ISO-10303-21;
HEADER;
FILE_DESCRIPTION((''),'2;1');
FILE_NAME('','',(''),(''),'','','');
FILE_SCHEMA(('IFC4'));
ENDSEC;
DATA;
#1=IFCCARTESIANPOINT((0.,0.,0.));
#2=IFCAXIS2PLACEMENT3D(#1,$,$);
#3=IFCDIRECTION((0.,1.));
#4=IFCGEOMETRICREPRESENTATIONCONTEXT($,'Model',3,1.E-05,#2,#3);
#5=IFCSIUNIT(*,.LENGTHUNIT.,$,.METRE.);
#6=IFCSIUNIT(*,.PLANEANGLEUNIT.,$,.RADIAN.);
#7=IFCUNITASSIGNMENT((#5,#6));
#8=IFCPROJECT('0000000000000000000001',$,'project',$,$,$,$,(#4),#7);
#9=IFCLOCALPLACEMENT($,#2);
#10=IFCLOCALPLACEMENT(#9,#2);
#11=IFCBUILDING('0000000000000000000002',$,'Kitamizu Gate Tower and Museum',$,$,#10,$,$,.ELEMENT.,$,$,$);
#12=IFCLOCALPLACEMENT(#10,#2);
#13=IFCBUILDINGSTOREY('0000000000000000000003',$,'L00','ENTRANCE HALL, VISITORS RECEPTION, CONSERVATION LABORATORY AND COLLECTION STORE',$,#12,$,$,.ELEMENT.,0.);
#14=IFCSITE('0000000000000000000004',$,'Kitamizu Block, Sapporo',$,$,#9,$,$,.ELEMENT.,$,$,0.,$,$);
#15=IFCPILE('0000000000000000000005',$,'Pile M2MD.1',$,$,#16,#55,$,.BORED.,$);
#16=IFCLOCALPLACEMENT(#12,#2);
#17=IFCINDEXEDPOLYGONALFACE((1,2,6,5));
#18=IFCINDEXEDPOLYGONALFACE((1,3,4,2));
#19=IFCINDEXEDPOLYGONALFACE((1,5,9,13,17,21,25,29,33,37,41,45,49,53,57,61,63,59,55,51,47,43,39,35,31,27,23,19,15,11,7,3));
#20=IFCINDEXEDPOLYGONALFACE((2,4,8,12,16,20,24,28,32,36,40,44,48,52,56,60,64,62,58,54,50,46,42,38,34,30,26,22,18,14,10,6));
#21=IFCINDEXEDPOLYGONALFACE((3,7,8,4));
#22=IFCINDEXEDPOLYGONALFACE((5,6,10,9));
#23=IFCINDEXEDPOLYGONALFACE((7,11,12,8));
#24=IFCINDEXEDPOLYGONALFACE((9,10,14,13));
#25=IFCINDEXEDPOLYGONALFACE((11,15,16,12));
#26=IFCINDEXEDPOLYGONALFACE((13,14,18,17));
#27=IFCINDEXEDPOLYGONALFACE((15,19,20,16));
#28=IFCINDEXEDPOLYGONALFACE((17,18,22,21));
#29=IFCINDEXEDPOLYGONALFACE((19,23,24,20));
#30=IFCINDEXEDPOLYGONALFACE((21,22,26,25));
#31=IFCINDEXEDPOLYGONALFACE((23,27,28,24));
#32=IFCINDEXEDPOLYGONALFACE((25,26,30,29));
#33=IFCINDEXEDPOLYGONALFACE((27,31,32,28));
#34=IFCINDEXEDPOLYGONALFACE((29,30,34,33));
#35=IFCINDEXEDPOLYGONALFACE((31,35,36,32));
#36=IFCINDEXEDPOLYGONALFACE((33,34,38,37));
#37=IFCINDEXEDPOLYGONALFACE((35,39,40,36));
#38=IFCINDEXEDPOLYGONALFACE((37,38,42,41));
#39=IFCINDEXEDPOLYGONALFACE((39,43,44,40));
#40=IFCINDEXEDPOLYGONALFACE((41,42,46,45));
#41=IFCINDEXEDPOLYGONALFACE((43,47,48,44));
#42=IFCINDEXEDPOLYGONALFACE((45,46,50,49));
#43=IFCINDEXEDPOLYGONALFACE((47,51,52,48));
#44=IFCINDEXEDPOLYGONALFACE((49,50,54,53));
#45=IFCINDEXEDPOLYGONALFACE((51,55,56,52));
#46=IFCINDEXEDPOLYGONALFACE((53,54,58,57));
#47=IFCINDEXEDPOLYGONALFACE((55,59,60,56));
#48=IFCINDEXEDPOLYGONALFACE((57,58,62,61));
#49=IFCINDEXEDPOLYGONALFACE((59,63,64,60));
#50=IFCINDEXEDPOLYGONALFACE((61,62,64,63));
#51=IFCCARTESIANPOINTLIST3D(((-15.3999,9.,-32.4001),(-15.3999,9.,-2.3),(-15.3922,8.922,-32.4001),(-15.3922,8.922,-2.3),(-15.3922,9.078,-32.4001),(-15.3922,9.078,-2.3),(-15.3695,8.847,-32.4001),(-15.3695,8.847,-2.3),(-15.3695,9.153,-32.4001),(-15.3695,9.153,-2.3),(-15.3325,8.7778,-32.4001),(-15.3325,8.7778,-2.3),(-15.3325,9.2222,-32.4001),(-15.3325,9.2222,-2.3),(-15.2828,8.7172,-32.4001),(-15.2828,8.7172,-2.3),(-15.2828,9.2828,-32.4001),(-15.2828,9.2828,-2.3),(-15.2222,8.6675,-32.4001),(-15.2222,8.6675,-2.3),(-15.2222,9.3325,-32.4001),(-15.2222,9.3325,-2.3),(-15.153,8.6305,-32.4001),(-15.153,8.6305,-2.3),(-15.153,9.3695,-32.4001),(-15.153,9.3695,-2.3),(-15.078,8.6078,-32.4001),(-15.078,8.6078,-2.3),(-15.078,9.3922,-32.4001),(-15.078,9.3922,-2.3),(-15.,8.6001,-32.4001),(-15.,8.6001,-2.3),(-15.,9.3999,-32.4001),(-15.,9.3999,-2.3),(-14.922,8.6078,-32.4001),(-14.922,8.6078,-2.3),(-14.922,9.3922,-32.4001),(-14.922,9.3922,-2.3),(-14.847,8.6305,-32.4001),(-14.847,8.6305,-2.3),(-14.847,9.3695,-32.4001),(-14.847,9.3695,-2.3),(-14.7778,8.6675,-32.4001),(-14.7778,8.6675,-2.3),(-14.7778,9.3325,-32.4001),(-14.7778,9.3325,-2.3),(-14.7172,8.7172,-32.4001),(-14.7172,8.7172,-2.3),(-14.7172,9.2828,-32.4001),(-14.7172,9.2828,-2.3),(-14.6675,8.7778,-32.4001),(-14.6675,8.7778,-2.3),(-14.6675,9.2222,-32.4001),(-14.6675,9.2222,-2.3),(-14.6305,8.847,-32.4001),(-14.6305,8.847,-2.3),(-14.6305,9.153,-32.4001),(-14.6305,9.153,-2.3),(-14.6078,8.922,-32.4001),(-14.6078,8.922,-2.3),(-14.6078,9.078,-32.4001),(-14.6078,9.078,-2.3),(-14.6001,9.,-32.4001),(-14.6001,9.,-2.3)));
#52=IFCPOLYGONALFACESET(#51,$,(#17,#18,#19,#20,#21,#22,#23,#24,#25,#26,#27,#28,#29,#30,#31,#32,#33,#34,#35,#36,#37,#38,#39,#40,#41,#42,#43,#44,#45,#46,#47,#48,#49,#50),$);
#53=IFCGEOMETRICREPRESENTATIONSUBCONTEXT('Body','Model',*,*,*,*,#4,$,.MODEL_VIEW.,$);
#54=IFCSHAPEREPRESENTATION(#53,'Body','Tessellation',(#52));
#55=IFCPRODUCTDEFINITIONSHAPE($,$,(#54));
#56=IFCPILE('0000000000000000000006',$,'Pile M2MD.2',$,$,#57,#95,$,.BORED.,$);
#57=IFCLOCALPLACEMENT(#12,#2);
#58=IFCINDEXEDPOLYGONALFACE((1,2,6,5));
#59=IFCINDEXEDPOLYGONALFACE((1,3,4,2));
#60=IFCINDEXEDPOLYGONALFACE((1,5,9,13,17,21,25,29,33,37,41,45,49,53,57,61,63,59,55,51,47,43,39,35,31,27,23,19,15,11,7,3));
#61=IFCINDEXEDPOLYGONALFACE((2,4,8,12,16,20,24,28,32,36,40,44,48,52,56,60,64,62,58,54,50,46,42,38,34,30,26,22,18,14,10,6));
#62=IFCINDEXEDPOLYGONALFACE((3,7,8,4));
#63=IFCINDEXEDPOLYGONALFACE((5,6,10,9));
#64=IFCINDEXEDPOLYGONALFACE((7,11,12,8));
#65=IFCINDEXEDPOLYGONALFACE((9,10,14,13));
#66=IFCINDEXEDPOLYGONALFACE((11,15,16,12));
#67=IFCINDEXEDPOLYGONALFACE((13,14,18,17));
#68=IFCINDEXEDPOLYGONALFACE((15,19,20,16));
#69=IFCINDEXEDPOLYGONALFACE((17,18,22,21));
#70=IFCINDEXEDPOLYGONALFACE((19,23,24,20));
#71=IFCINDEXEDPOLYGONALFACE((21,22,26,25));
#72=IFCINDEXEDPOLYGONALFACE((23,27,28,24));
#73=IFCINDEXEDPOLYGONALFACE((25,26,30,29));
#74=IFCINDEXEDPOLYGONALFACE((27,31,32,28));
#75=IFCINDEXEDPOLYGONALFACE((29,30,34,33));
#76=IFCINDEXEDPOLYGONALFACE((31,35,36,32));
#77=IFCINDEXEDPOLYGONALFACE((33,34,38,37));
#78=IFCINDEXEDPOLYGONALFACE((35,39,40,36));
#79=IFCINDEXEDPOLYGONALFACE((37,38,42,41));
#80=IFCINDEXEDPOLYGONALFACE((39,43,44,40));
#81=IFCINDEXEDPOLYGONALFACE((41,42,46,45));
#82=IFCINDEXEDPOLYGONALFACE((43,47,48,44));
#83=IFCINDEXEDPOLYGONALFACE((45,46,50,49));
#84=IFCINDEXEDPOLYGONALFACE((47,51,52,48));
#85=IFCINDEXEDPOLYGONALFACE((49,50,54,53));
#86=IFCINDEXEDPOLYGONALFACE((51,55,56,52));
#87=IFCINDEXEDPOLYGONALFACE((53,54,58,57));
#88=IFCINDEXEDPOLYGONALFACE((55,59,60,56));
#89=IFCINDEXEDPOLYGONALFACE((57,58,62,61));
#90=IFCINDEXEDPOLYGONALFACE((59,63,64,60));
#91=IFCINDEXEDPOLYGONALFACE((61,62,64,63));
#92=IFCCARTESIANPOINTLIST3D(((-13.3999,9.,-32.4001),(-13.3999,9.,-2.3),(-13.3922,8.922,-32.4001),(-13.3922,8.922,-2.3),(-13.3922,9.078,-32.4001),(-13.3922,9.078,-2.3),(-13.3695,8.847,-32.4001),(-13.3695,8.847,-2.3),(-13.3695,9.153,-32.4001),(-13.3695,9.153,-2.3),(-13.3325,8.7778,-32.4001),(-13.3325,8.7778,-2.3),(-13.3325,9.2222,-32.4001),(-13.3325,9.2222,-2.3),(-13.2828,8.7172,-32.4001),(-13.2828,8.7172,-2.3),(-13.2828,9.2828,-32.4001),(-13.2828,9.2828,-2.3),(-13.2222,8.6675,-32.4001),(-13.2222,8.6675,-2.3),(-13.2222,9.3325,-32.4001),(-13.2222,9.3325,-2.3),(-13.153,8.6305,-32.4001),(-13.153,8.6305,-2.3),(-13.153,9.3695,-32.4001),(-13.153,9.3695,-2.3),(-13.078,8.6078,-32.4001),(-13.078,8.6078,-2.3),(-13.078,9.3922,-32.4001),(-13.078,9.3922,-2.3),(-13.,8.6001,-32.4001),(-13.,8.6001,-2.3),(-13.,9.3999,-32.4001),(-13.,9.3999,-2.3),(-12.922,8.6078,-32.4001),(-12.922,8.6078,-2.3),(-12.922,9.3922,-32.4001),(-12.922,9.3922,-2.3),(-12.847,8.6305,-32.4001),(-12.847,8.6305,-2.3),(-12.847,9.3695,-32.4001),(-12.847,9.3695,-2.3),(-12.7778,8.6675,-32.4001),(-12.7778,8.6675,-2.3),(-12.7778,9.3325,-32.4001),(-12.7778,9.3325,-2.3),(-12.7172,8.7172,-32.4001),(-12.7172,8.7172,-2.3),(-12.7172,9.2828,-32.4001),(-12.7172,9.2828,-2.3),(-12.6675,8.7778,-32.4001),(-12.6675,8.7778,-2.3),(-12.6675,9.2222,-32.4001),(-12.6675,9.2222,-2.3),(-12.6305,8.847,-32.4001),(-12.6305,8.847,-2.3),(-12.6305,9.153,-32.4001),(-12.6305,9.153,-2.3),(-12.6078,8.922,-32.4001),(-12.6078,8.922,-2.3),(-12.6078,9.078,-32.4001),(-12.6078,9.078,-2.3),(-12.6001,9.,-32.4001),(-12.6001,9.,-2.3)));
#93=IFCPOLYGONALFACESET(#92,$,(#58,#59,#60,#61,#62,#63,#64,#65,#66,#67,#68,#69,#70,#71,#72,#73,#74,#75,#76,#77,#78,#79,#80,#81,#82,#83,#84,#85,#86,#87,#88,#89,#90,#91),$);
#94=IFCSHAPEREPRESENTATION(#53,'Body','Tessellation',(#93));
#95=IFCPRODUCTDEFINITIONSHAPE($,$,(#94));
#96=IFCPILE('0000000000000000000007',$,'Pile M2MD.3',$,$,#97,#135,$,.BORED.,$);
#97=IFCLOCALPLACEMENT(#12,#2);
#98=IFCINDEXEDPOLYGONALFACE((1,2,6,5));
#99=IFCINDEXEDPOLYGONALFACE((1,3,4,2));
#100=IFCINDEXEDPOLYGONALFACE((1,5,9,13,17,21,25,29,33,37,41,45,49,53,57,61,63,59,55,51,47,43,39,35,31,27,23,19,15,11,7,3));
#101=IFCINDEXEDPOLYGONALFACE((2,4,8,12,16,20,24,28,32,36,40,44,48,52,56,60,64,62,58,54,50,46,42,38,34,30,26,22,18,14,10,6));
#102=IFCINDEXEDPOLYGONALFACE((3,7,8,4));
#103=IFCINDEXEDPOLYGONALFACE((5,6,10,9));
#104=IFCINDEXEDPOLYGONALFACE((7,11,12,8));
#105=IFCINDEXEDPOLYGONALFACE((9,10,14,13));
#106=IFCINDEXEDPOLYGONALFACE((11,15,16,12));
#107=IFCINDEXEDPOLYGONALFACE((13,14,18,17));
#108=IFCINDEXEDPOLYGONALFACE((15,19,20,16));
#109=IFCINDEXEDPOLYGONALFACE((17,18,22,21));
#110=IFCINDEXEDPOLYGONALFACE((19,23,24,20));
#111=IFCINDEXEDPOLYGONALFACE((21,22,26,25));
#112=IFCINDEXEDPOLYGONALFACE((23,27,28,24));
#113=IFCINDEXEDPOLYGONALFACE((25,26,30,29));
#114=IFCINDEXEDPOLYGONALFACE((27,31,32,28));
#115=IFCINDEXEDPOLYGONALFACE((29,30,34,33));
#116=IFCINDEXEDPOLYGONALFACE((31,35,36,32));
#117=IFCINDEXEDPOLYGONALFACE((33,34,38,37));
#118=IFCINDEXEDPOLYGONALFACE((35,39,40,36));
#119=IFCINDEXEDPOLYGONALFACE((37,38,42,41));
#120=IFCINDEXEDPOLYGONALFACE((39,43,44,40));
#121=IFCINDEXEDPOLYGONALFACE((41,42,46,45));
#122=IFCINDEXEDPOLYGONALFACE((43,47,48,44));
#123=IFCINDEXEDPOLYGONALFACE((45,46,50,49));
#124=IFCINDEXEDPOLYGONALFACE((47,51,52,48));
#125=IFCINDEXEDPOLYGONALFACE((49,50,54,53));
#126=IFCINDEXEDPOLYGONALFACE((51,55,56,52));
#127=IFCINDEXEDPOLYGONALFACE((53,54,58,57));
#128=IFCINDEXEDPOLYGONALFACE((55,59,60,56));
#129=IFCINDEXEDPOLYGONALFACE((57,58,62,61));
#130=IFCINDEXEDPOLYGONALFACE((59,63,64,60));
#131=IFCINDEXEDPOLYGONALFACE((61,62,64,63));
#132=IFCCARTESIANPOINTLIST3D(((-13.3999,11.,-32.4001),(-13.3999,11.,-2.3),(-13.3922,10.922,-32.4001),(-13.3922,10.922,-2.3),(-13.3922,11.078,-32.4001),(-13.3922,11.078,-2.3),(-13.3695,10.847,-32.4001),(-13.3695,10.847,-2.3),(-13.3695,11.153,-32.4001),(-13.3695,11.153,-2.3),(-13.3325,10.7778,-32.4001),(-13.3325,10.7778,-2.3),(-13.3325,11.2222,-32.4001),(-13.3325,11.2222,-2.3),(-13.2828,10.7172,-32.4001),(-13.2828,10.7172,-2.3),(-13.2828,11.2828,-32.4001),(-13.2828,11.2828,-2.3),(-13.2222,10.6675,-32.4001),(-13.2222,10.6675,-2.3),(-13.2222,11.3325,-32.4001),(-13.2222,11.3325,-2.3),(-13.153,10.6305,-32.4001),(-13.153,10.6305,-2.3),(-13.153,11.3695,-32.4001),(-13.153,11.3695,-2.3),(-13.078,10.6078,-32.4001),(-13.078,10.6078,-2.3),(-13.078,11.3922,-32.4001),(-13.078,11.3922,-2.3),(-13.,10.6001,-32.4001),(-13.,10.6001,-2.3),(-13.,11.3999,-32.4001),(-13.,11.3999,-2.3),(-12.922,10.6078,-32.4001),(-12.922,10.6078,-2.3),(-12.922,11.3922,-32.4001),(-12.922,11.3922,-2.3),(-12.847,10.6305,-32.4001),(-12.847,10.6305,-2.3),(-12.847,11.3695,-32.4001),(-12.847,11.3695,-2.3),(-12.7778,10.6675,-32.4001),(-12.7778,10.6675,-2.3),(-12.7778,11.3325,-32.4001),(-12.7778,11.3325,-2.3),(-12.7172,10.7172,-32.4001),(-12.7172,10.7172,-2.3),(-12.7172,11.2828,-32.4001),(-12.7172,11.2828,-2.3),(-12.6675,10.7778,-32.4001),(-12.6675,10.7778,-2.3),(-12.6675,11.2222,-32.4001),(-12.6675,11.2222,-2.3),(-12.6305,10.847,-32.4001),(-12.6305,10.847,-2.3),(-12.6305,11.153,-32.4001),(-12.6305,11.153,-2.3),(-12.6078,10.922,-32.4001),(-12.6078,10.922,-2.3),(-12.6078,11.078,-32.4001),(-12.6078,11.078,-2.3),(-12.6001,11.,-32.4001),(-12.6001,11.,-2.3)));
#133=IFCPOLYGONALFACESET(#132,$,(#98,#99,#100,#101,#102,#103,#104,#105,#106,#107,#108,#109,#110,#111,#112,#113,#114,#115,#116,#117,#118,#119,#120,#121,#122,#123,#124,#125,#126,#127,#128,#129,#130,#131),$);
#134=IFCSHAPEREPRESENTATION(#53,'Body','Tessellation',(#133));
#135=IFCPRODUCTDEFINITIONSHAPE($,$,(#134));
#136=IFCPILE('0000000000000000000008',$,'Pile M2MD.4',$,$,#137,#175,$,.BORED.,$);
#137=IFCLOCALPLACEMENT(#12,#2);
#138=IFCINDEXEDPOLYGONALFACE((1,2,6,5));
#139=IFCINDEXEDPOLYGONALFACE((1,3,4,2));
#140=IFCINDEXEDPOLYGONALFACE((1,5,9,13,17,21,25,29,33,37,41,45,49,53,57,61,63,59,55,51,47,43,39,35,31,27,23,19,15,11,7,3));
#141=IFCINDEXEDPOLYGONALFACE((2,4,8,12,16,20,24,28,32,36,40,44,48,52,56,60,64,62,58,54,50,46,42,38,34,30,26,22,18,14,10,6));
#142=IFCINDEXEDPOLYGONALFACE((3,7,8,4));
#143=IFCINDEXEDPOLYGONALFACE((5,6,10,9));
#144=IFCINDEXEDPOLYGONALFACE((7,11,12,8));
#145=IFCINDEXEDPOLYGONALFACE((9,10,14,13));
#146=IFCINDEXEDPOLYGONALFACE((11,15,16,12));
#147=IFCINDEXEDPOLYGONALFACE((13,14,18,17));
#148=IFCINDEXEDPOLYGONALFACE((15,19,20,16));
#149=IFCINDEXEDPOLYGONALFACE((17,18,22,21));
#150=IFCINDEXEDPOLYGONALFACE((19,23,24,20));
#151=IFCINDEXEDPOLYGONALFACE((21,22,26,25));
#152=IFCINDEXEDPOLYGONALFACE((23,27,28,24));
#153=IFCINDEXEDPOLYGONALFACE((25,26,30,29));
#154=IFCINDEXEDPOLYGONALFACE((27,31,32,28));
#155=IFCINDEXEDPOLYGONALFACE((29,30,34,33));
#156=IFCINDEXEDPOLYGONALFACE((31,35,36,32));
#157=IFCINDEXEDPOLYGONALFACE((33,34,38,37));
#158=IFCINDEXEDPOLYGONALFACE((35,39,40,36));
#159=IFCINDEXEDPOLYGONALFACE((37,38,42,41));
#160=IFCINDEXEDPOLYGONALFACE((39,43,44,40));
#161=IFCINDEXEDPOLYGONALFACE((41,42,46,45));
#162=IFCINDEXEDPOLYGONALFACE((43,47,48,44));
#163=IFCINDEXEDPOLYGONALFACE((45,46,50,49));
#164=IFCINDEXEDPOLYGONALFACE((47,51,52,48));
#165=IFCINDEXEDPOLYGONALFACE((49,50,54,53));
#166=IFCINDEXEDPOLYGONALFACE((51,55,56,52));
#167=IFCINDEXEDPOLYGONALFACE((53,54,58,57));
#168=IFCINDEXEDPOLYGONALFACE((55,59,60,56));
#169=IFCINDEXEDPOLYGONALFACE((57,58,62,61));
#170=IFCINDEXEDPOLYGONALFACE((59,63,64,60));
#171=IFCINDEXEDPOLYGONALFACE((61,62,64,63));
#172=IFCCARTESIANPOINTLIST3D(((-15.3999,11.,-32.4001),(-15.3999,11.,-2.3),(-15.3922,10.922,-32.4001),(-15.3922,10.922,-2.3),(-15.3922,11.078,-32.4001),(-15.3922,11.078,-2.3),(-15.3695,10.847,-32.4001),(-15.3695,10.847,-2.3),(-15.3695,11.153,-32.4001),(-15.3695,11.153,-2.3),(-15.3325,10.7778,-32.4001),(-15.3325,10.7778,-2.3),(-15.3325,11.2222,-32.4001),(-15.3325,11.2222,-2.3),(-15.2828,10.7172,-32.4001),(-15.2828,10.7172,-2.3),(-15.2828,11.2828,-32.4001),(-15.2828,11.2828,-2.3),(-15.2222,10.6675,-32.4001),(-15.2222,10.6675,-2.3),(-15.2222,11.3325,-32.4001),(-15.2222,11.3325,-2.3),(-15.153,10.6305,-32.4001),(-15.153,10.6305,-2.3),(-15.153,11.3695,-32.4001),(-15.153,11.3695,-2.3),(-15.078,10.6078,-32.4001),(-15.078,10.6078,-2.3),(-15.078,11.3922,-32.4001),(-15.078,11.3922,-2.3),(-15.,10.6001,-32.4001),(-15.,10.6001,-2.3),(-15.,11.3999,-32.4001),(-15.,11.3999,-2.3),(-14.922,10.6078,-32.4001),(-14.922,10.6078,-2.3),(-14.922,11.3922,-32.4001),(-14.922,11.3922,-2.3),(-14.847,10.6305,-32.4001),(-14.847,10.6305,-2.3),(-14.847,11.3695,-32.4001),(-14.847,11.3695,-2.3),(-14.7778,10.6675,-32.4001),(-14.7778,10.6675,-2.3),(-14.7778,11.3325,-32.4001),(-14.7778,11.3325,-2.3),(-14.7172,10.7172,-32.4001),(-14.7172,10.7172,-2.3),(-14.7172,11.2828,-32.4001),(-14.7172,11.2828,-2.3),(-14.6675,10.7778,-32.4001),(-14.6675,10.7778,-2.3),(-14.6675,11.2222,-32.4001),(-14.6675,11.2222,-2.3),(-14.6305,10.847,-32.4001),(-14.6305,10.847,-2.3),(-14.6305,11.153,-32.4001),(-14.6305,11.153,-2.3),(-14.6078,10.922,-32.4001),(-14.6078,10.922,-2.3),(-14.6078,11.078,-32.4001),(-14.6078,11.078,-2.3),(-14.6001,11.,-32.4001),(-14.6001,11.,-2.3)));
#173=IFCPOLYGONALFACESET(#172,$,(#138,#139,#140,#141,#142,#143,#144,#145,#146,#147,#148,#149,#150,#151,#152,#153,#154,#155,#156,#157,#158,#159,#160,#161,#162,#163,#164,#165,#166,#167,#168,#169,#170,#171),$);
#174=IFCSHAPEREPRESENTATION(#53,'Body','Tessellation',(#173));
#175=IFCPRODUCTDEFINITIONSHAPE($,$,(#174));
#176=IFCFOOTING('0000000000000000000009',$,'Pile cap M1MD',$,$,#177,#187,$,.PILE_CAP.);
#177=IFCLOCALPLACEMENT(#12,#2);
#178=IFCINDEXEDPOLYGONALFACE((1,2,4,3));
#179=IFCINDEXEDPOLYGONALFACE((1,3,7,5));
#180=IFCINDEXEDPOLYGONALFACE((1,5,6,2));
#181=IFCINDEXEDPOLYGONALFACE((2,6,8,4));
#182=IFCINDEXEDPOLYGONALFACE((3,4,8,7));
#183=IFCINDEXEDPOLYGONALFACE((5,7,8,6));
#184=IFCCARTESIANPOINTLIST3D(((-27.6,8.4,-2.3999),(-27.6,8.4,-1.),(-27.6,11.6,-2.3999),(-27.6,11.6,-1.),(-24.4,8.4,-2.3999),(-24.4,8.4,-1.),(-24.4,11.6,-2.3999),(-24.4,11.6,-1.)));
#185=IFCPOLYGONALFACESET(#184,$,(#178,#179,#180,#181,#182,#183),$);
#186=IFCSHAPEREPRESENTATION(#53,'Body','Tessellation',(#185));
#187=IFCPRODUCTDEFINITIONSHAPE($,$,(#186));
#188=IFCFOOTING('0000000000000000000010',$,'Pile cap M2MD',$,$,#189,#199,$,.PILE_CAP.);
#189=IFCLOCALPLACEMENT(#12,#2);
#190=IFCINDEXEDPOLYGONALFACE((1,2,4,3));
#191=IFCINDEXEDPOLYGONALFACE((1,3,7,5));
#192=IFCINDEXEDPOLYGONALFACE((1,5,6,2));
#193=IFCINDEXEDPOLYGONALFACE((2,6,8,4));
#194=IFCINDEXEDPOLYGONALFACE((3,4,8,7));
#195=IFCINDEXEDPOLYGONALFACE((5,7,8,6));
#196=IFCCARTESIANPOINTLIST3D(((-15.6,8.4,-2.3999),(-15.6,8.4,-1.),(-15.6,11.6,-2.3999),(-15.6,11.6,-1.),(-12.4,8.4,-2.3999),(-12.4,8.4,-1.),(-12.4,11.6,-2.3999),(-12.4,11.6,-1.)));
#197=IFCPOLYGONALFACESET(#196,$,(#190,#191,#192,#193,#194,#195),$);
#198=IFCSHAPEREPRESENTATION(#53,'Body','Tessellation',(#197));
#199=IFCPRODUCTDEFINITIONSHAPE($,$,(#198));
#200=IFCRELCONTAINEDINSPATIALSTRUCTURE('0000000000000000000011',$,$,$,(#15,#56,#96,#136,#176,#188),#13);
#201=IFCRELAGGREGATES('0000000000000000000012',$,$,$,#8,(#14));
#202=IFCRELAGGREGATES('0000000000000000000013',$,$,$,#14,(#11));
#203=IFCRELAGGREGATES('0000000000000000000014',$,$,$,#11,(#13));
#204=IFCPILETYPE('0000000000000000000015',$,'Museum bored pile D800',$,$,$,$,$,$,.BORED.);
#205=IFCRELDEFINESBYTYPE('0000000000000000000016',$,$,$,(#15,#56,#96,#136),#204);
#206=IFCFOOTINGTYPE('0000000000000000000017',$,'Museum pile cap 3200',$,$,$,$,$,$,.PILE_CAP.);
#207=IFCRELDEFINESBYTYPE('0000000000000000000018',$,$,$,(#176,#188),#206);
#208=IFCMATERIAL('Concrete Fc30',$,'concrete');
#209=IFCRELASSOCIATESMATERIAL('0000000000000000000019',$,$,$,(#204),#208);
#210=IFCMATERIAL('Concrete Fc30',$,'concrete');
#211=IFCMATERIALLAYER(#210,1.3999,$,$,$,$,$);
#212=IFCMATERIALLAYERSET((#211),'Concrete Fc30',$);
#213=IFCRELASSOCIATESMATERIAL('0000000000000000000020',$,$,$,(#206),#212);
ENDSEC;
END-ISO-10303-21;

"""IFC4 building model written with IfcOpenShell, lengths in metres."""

from ifc_helpers import new_model, si_unit, direction, frame, origin, origin_2d, place, context, subcontext, project, spatial, rectangle, circle, extrude, material, layer, layer_set, material_profile, profile_set, type_object, element, save


model = new_model("IFC4")

# Units and contexts
model_context = context("Model", 3, precision=1e-05, world=origin(), true_north=direction((0.0, 1.0)))
body_context = subcontext(model_context, "Body", "Model", "MODEL_VIEW")
ifc_project = project(units=[si_unit("LENGTHUNIT", "METRE"), si_unit("PLANEANGLEUNIT", "RADIAN")], contexts=[model_context])

# Site, building, storey
site_placement = place(None, origin())
site = spatial("IfcSite", under=ifc_project, at=site_placement, Name="Kitamizu Block, Sapporo", CompositionType="ELEMENT", RefElevation=0.0)
building_placement = place(site_placement, origin())
building = spatial("IfcBuilding", under=site, at=building_placement, Name="Kitamizu Gate Tower and Museum", CompositionType="ELEMENT")
storey_placement = place(building_placement, origin())
storey = spatial("IfcBuildingStorey", under=building, at=storey_placement, Name="L00", Description="ENTRANCE HALL, VISITORS RECEPTION, CONSERVATION LABORATORY AND COLLECTION STORE", CompositionType="ELEMENT", Elevation=0.0)

# Piles
ifc_material_1 = material(Name="Concrete Fc30", Category="concrete")
ifc_material_profile_1 = material_profile(ifc_material_1, circle(Radius=0.3999, at=origin_2d()), Name="D800")
ifc_profile_set_1 = profile_set([ifc_material_profile_1], Name="Concrete Fc30")
pile_type = type_object("IfcPileType", Name="Museum bored pile D800", PredefinedType="BORED", material=ifc_profile_set_1)
for number, where, z_axis, x_axis, name in (
    (1, (-15.0, 9.0, -2.3), (0.0, 0.0, -1.0), (1.0, 0.0, 0.0), "Pile M2MD.1"),
    (2, (-13.0, 9.0, -2.3), (0.0, 0.0, -1.0), (1.0, 0.0, 0.0), "Pile M2MD.2"),
    (3, (-13.0, 11.0, -2.3), (0.0, 0.0, -1.0), (1.0, 0.0, 0.0), "Pile M2MD.3"),
    (4, (-15.0, 11.0, -2.3), (0.0, 0.0, -1.0), (1.0, 0.0, 0.0), "Pile M2MD.4"),
):
    element("IfcPile", number, at=place(storey_placement, frame(where, z_axis=z_axis, x_axis=x_axis)), inside=storey, type_object=pile_type, Name=name, PredefinedType="BORED", context=body_context, shape_type="SweptSolid", body=[
        extrude(circle(Radius=0.3999, at=origin_2d()), origin(), (0.0, 0.0, 1.0), 30.1001),
    ])

# Footings
ifc_material_2 = material(Name="Concrete Fc30", Category="concrete")
ifc_layer_1 = layer(ifc_material_2, 1.3999)
ifc_layer_set_1 = layer_set([ifc_layer_1], Name="Concrete Fc30")
footing_type = type_object("IfcFootingType", Name="Museum pile cap 3200", PredefinedType="PILE_CAP", material=ifc_layer_set_1)
for number, where, z_axis, x_axis, name in (
    (5, (-26.0, 10.0, -2.3999), (0.0, 0.0, 1.0), (1.0, 0.0, 0.0), "Pile cap M1MD"),
    (6, (-14.0, 10.0, -2.3999), (0.0, 0.0, 1.0), (1.0, 0.0, 0.0), "Pile cap M2MD"),
):
    element("IfcFooting", number, at=place(storey_placement, frame(where, z_axis=z_axis, x_axis=x_axis)), inside=storey, type_object=footing_type, Name=name, PredefinedType="PILE_CAP", context=body_context, shape_type="SweptSolid", body=[
        extrude(rectangle(XDim=3.2, YDim=3.2, at=origin_2d()), origin(), (0.0, 0.0, 1.0), 1.3999),
    ])

save(model, "model.ifc")
